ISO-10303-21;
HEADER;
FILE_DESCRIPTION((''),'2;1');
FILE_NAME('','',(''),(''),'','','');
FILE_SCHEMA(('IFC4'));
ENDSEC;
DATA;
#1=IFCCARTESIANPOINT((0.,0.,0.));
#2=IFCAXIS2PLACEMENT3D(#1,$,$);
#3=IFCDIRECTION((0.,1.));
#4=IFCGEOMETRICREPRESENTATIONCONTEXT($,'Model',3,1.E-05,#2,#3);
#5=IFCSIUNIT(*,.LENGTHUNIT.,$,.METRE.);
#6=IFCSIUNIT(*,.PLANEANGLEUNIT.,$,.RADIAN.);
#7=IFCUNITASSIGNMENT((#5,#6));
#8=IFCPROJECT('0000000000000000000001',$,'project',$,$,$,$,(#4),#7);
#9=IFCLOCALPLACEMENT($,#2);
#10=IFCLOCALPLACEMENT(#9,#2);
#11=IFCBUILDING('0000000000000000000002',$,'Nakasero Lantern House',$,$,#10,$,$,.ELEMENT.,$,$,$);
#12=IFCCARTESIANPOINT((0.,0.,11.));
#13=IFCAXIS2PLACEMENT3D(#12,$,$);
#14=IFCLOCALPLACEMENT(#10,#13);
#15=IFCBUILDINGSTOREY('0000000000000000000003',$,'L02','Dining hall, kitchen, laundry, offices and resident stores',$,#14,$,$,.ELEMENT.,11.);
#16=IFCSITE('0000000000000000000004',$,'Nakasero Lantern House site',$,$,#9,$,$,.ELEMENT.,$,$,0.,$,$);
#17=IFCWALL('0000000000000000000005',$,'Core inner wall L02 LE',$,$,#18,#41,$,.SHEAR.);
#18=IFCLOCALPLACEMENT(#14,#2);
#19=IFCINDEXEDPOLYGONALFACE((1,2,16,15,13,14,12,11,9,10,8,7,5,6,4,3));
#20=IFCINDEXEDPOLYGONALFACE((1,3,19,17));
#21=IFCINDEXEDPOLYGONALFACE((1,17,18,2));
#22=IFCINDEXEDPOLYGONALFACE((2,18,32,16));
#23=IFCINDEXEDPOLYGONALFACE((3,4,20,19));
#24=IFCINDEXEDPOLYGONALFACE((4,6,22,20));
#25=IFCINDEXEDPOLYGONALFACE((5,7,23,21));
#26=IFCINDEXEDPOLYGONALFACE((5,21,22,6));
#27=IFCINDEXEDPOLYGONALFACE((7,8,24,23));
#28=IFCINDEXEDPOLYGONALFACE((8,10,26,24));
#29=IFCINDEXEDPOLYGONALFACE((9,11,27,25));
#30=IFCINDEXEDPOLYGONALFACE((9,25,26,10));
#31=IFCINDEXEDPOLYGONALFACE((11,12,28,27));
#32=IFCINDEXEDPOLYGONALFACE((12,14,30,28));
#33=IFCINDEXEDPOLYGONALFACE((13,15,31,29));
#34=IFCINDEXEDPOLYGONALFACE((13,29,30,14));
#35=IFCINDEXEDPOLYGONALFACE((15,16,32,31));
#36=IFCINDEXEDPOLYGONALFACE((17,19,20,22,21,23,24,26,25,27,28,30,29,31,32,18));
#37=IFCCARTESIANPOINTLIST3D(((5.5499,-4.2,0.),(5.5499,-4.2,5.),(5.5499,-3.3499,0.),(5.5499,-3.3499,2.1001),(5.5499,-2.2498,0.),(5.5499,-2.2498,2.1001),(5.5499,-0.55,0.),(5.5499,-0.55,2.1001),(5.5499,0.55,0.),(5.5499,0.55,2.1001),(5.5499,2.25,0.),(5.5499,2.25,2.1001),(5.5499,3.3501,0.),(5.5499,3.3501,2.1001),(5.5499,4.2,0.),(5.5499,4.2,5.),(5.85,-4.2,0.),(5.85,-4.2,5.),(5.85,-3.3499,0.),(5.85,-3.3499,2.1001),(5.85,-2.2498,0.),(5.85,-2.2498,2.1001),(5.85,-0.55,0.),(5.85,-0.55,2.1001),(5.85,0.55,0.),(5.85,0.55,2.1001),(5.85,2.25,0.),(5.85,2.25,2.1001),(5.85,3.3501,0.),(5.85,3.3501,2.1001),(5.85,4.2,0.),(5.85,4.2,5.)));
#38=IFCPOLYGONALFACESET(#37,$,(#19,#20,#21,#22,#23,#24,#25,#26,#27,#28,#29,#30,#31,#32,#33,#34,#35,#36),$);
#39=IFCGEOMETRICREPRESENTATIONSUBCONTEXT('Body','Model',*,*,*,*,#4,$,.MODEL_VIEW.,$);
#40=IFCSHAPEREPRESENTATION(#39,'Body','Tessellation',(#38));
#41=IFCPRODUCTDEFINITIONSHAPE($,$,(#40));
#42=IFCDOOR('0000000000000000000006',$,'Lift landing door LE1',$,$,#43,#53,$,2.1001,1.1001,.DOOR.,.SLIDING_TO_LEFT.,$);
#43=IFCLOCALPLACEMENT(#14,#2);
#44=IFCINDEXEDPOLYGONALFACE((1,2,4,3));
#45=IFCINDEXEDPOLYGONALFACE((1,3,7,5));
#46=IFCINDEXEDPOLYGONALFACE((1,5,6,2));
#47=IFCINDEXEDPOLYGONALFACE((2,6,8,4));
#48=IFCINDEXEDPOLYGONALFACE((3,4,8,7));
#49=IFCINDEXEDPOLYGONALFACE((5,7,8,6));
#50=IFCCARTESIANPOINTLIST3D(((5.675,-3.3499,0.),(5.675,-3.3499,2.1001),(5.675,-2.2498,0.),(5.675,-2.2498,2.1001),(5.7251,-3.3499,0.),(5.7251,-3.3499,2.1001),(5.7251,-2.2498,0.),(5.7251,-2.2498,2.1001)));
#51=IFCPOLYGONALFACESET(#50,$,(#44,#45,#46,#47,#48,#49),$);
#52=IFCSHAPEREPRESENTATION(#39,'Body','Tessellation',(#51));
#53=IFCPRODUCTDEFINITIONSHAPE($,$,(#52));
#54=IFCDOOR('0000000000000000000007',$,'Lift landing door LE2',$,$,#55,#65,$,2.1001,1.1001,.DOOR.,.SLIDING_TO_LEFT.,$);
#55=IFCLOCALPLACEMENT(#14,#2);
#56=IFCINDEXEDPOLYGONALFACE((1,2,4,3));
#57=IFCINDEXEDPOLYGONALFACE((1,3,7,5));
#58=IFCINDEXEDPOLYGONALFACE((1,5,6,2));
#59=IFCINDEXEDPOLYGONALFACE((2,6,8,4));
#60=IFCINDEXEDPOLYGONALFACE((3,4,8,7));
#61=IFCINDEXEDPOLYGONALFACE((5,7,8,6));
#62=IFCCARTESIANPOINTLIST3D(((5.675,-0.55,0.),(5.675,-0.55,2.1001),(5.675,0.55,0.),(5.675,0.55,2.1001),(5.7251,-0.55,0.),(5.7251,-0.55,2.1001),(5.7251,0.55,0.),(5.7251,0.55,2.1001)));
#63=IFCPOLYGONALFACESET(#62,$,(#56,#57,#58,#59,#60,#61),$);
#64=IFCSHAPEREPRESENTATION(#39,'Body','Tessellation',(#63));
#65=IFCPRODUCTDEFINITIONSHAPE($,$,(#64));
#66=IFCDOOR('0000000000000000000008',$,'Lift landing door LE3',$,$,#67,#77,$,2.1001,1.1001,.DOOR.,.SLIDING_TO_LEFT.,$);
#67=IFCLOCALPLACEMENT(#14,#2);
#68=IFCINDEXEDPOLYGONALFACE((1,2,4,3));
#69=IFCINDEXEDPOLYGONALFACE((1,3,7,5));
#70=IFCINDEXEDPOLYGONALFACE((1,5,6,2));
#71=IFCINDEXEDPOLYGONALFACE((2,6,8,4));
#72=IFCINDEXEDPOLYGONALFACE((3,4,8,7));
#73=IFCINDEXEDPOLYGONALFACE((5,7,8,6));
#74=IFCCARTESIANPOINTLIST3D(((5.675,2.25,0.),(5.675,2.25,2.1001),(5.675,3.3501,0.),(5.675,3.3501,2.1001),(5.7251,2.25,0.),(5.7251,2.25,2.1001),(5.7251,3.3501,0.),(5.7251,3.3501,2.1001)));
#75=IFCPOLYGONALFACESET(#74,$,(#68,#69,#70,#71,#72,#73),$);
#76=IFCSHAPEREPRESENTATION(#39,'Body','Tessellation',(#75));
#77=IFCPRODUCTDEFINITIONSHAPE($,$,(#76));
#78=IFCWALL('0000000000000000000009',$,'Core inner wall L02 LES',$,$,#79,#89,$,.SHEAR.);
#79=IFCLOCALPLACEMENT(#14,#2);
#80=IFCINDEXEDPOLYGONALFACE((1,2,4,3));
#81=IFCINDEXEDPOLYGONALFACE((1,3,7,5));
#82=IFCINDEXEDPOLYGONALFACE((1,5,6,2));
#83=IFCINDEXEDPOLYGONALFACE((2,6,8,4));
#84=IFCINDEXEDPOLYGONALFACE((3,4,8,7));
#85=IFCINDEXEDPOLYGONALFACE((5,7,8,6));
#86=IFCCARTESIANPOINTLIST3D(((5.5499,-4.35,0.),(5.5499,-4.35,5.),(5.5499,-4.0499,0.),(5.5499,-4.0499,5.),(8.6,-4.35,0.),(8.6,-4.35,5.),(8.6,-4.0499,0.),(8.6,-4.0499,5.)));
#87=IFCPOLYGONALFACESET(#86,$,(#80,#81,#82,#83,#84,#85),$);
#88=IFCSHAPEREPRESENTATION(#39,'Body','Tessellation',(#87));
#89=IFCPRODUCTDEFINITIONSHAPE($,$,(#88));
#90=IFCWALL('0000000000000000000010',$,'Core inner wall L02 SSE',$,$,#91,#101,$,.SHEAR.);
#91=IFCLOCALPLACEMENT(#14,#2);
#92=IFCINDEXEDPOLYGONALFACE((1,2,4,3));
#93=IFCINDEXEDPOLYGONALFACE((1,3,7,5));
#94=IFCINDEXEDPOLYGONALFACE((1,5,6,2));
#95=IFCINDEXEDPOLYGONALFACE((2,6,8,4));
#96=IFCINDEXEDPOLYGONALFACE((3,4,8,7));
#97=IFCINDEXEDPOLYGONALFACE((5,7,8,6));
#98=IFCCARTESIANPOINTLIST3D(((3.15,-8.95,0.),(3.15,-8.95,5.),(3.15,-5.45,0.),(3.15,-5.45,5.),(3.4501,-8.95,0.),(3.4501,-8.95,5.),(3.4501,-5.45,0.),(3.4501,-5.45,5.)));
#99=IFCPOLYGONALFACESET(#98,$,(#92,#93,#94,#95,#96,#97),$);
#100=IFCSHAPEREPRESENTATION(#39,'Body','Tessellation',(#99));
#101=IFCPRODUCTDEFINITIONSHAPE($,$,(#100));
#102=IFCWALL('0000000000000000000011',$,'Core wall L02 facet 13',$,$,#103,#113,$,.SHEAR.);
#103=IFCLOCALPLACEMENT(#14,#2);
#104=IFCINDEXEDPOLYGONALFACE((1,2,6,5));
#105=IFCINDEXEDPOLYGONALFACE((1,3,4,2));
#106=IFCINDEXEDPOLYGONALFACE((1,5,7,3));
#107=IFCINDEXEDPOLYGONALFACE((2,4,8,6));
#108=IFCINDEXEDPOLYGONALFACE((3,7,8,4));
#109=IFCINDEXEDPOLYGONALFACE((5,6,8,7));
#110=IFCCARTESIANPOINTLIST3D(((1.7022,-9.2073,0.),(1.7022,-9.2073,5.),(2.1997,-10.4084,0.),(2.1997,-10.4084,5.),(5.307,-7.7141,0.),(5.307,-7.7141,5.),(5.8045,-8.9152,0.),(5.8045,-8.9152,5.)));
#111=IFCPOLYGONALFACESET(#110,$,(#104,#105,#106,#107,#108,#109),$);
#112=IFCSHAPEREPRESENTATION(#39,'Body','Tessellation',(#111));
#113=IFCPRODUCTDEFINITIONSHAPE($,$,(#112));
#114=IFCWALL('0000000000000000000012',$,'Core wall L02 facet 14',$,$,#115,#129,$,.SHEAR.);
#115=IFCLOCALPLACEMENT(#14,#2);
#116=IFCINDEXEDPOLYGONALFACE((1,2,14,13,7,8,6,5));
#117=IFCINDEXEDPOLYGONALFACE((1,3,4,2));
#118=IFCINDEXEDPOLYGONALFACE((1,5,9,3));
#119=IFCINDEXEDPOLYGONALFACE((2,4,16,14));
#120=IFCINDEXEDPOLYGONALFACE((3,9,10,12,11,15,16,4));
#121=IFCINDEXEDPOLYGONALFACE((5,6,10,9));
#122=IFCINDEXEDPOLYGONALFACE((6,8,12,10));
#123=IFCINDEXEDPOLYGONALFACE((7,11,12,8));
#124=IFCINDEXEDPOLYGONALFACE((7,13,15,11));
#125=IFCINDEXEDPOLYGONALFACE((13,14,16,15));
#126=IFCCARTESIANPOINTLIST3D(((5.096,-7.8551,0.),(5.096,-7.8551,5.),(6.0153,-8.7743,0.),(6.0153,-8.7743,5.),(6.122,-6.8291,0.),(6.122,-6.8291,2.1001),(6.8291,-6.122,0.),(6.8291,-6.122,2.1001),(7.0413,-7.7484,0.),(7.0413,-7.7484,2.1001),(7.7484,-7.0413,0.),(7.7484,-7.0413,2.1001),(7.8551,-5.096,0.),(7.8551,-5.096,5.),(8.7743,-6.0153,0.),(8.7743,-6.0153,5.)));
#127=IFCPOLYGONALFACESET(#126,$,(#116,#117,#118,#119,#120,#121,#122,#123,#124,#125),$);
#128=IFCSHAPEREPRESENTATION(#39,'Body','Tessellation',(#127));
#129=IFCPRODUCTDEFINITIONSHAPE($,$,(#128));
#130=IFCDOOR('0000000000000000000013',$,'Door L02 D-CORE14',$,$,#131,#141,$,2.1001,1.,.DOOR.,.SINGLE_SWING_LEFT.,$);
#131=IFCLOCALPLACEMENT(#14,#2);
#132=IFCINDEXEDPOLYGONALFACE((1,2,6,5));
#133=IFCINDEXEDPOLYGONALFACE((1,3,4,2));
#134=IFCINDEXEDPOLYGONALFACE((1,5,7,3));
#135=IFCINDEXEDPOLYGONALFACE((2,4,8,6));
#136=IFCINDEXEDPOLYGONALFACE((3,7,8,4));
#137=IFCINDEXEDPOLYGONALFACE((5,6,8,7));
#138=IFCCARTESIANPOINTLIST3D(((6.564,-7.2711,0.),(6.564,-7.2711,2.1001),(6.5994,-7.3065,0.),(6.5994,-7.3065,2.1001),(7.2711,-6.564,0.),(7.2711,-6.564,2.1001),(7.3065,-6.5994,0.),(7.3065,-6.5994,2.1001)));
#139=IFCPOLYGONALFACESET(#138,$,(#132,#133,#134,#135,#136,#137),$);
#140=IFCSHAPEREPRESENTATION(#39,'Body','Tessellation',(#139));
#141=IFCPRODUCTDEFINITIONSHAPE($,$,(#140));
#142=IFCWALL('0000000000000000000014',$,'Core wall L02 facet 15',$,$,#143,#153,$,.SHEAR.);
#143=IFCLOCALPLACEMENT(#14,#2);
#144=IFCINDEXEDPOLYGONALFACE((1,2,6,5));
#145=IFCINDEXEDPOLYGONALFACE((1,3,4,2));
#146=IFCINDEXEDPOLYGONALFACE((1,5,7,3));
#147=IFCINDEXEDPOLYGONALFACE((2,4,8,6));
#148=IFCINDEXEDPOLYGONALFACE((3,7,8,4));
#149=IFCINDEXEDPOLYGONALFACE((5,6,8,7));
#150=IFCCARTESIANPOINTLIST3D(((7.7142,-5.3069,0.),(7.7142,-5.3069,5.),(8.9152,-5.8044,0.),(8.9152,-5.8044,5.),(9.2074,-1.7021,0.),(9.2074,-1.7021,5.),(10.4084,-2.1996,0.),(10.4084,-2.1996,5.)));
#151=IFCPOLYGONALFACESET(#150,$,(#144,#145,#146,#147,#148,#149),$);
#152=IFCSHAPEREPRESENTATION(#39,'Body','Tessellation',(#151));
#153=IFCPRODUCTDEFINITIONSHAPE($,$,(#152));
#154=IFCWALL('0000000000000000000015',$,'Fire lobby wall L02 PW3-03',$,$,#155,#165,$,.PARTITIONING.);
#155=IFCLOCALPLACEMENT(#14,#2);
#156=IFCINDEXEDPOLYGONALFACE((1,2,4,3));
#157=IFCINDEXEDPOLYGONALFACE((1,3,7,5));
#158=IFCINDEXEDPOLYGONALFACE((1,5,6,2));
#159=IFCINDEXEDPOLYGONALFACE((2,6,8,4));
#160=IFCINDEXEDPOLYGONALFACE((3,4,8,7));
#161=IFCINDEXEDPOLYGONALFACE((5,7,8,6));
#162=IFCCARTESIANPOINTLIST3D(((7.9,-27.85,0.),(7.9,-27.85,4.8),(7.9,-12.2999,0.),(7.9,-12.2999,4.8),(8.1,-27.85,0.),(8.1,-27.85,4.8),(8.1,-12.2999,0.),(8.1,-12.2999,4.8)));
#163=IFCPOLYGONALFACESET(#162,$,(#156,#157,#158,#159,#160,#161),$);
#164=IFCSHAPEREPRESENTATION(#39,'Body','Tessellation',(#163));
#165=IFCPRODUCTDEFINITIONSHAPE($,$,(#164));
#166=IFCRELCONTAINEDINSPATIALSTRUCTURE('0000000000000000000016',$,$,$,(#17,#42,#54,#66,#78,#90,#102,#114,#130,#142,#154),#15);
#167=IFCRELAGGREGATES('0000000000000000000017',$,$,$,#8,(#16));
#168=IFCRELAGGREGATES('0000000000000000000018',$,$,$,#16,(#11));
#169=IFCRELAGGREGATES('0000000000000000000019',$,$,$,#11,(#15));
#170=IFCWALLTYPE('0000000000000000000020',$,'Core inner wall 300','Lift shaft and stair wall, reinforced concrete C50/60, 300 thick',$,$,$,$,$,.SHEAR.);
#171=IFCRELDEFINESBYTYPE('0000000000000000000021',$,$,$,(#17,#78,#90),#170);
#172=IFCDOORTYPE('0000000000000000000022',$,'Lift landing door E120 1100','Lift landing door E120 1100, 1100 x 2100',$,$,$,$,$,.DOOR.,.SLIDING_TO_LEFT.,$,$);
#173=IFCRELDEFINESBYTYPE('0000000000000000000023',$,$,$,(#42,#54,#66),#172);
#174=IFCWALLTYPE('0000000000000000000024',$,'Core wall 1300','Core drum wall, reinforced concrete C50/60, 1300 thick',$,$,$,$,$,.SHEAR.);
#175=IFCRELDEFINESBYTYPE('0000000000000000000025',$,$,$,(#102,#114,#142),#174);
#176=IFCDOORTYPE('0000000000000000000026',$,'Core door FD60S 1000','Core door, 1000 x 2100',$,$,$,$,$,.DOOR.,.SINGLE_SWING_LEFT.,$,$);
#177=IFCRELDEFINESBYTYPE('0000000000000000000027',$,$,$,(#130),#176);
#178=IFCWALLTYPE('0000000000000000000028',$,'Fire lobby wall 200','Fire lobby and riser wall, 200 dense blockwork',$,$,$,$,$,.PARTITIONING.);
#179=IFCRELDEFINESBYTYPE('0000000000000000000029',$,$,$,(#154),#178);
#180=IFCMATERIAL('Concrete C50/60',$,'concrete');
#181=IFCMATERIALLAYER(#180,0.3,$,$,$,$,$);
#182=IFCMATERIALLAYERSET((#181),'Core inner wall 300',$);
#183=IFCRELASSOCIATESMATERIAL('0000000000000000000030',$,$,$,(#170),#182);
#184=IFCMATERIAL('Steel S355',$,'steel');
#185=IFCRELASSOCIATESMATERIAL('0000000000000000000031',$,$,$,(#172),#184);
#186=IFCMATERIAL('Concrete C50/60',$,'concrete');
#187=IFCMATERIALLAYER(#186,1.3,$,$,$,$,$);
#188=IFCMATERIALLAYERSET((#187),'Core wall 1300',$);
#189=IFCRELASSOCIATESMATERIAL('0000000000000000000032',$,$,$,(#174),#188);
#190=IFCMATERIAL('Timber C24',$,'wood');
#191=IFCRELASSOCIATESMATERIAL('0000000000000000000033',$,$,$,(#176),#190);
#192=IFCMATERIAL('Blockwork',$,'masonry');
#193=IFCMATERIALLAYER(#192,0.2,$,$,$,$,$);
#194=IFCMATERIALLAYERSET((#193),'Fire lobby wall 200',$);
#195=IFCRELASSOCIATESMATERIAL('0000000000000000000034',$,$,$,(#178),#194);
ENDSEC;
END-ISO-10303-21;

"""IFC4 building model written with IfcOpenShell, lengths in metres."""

from ifc_helpers import new_model, si_unit, direction, frame, frame_2d, origin, place, context, subcontext, project, spatial, rectangle, extrude, material, layer, layer_set, type_object, element, fill, save


model = new_model("IFC4")

# Units and contexts
model_context = context("Model", 3, precision=1e-05, world=origin(), true_north=direction((0.0, 1.0)))
body_context = subcontext(model_context, "Body", "Model", "MODEL_VIEW")
ifc_project = project(units=[si_unit("LENGTHUNIT", "METRE"), si_unit("PLANEANGLEUNIT", "RADIAN")], contexts=[model_context])

# Site, building, storey
site_placement = place(None, origin())
site = spatial("IfcSite", under=ifc_project, at=site_placement, Name="Nakasero Lantern House site", CompositionType="ELEMENT", RefElevation=0.0)
building_placement = place(site_placement, origin())
building = spatial("IfcBuilding", under=site, at=building_placement, Name="Nakasero Lantern House", CompositionType="ELEMENT")
storey_placement = place(building_placement, frame((0.0, 0.0, 11.0)))
storey = spatial("IfcBuildingStorey", under=building, at=storey_placement, Name="L02", Description="Dining hall, kitchen, laundry, offices and resident stores", CompositionType="ELEMENT", Elevation=11.0)

# Wall, openings, doors
ifc_material_1 = material(Name="Concrete C50/60", Category="concrete")
ifc_layer_1 = layer(ifc_material_1, 0.3)
ifc_layer_set_1 = layer_set([ifc_layer_1], Name="Core inner wall 300")
wall_type_1 = type_object("IfcWallType", Name="Core inner wall 300", Description="Lift shaft and stair wall, reinforced concrete C50/60, 300 thick", PredefinedType="SHEAR", material=ifc_layer_set_1)
wall_1_placement = place(storey_placement, frame((5.7, -4.2, 0.0), z_axis=(0.0, 0.0, 1.0), x_axis=(0.0, 1.0, 0.0)))
wall_1 = element("IfcWall", 1, at=wall_1_placement, inside=storey, type_object=wall_type_1, Name="Core inner wall L02 LE", PredefinedType="SHEAR", context=body_context, shape_type="SweptSolid", body=[
    extrude(rectangle(XDim=8.3999, YDim=0.3, at=frame_2d((4.2, 0.0))), origin(), (0.0, 0.0, 1.0), 5.0),
])
opening_1_placement = place(wall_1_placement, frame((0.8501, 0.0, 0.0)))
opening_1 = element("IfcOpeningElement", 2, at=opening_1_placement, cuts=wall_1, PredefinedType="OPENING", context=body_context, shape_type="SweptSolid", body=[
    extrude(rectangle(XDim=1.1001, YDim=2.1001, at=frame_2d((0.55, 1.05))), frame((0.0, 0.1699, 0.0), z_axis=(0.0, -1.0, 0.0), x_axis=(1.0, 0.0, 0.0)), (0.0, 0.0, 1.0), 0.3401),
])
opening_2_placement = place(wall_1_placement, frame((3.6499, 0.0, 0.0)))
opening_2 = element("IfcOpeningElement", 3, at=opening_2_placement, cuts=wall_1, PredefinedType="OPENING", context=body_context, shape_type="SweptSolid", body=[
    extrude(rectangle(XDim=1.1001, YDim=2.1001, at=frame_2d((0.55, 1.05))), frame((0.0, 0.1699, 0.0), z_axis=(0.0, -1.0, 0.0), x_axis=(1.0, 0.0, 0.0)), (0.0, 0.0, 1.0), 0.3401),
])
opening_3_placement = place(wall_1_placement, frame((6.45, 0.0, 0.0)))
opening_3 = element("IfcOpeningElement", 4, at=opening_3_placement, cuts=wall_1, PredefinedType="OPENING", context=body_context, shape_type="SweptSolid", body=[
    extrude(rectangle(XDim=1.1001, YDim=2.1001, at=frame_2d((0.55, 1.05))), frame((0.0, 0.1699, 0.0), z_axis=(0.0, -1.0, 0.0), x_axis=(1.0, 0.0, 0.0)), (0.0, 0.0, 1.0), 0.3401),
])
ifc_material_2 = material(Name="Steel S355", Category="steel")
door_type_1 = type_object("IfcDoorType", Name="Lift landing door E120 1100", Description="Lift landing door E120 1100, 1100 x 2100", OperationType="SLIDING_TO_LEFT", PredefinedType="DOOR", material=ifc_material_2)
door_1_placement = place(opening_1_placement, origin())
door_1 = element("IfcDoor", 5, at=door_1_placement, inside=storey, type_object=door_type_1, Name="Lift landing door LE1", OperationType="SLIDING_TO_LEFT", OverallHeight=2.1001, OverallWidth=1.1001, PredefinedType="DOOR", context=body_context, shape_type="SweptSolid", body=[
    extrude(rectangle(XDim=1.1001, YDim=2.1001, at=frame_2d((0.55, 1.05))), frame((0.0, 0.0249, 0.0), z_axis=(0.0, -1.0, 0.0), x_axis=(1.0, 0.0, 0.0)), (0.0, 0.0, 1.0), 0.05),
])
fill(opening_1, door_1)
door_2_placement = place(opening_2_placement, origin())
door_2 = element("IfcDoor", 6, at=door_2_placement, inside=storey, type_object=door_type_1, Name="Lift landing door LE2", OperationType="SLIDING_TO_LEFT", OverallHeight=2.1001, OverallWidth=1.1001, PredefinedType="DOOR", context=body_context, shape_type="SweptSolid", body=[
    extrude(rectangle(XDim=1.1001, YDim=2.1001, at=frame_2d((0.55, 1.05))), frame((0.0, 0.0249, 0.0), z_axis=(0.0, -1.0, 0.0), x_axis=(1.0, 0.0, 0.0)), (0.0, 0.0, 1.0), 0.05),
])
fill(opening_2, door_2)
door_3_placement = place(opening_3_placement, origin())
door_3 = element("IfcDoor", 7, at=door_3_placement, inside=storey, type_object=door_type_1, Name="Lift landing door LE3", OperationType="SLIDING_TO_LEFT", OverallHeight=2.1001, OverallWidth=1.1001, PredefinedType="DOOR", context=body_context, shape_type="SweptSolid", body=[
    extrude(rectangle(XDim=1.1001, YDim=2.1001, at=frame_2d((0.55, 1.05))), frame((0.0, 0.0249, 0.0), z_axis=(0.0, -1.0, 0.0), x_axis=(1.0, 0.0, 0.0)), (0.0, 0.0, 1.0), 0.05),
])
fill(opening_3, door_3)

# Walls
wall_2_placement = place(storey_placement, frame((5.55, -4.2, 0.0), z_axis=(0.0, 0.0, 1.0), x_axis=(1.0, 0.0, 0.0)))
element("IfcWall", 8, at=wall_2_placement, inside=storey, type_object=wall_type_1, Name="Core inner wall L02 LES", PredefinedType="SHEAR", context=body_context, shape_type="SweptSolid", body=[
    extrude(rectangle(XDim=3.05, YDim=0.3, at=frame_2d((1.5249, 0.0))), origin(), (0.0, 0.0, 1.0), 5.0),
])
wall_3_placement = place(storey_placement, frame((3.3, -5.45, 0.0), z_axis=(0.0, 0.0, 1.0), x_axis=(0.0, -1.0, 0.0)))
element("IfcWall", 9, at=wall_3_placement, inside=storey, type_object=wall_type_1, Name="Core inner wall L02 SSE", PredefinedType="SHEAR", context=body_context, shape_type="SweptSolid", body=[
    extrude(rectangle(XDim=3.5, YDim=0.3, at=frame_2d((1.75, 0.0))), origin(), (0.0, 0.0, 1.0), 5.0),
])
ifc_material_3 = material(Name="Concrete C50/60", Category="concrete")
ifc_layer_2 = layer(ifc_material_3, 1.3)
ifc_layer_set_2 = layer_set([ifc_layer_2], Name="Core wall 1300")
wall_type_2 = type_object("IfcWallType", Name="Core wall 1300", Description="Core drum wall, reinforced concrete C50/60, 1300 thick", PredefinedType="SHEAR", material=ifc_layer_set_2)
wall_4_placement = place(storey_placement, frame((1.9509, -9.8079, 0.0), z_axis=(0.0, 0.0, 1.0), x_axis=(0.923877, 0.382691, 0.0)))
element("IfcWall", 10, at=wall_4_placement, inside=storey, type_object=wall_type_2, Name="Core wall L02 facet 13", PredefinedType="SHEAR", context=body_context, shape_type="SweptSolid", body=[
    extrude(rectangle(XDim=3.9019, YDim=1.3, at=frame_2d((1.9509, 0.0))), origin(), (0.0, 0.0, 1.0), 5.0),
])

# Wall, opening, door
wall_5_placement = place(storey_placement, frame((5.5557, -8.3147, 0.0), z_axis=(0.0, 0.0, 1.0), x_axis=(0.707107, 0.707107, 0.0)))
wall_5 = element("IfcWall", 11, at=wall_5_placement, inside=storey, type_object=wall_type_2, Name="Core wall L02 facet 14", PredefinedType="SHEAR", context=body_context, shape_type="SweptSolid", body=[
    extrude(rectangle(XDim=3.9019, YDim=1.3, at=frame_2d((1.9509, 0.0))), origin(), (0.0, 0.0, 1.0), 5.0),
])
opening_4_placement = place(wall_5_placement, frame((1.4509, 0.0, 0.0)))
opening_4 = element("IfcOpeningElement", 12, at=opening_4_placement, cuts=wall_5, PredefinedType="OPENING", context=body_context, shape_type="SweptSolid", body=[
    extrude(rectangle(XDim=1.0, YDim=2.1001, at=frame_2d((0.5, 1.05))), frame((0.0, 0.6699, 0.0), z_axis=(0.0, -1.0, 0.0), x_axis=(1.0, 0.0, 0.0)), (0.0, 0.0, 1.0), 1.3401),
])
ifc_material_4 = material(Name="Timber C24", Category="wood")
door_type_2 = type_object("IfcDoorType", Name="Core door FD60S 1000", Description="Core door, 1000 x 2100", OperationType="SINGLE_SWING_LEFT", PredefinedType="DOOR", material=ifc_material_4)
door_4_placement = place(opening_4_placement, origin())
door_4 = element("IfcDoor", 13, at=door_4_placement, inside=storey, type_object=door_type_2, Name="Door L02 D-CORE14", OperationType="SINGLE_SWING_LEFT", OverallHeight=2.1001, OverallWidth=1.0, PredefinedType="DOOR", context=body_context, shape_type="SweptSolid", body=[
    extrude(rectangle(XDim=1.0, YDim=2.1001, at=frame_2d((0.5, 1.05))), frame((0.0, 0.0249, 0.0), z_axis=(0.0, -1.0, 0.0), x_axis=(1.0, 0.0, 0.0)), (0.0, 0.0, 1.0), 0.05),
])
fill(opening_4, door_4)

# Walls
wall_6_placement = place(storey_placement, frame((8.3147, -5.5557, 0.0), z_axis=(0.0, 0.0, 1.0), x_axis=(0.382691, 0.923877, 0.0)))
element("IfcWall", 14, at=wall_6_placement, inside=storey, type_object=wall_type_2, Name="Core wall L02 facet 15", PredefinedType="SHEAR", context=body_context, shape_type="SweptSolid", body=[
    extrude(rectangle(XDim=3.9019, YDim=1.3, at=frame_2d((1.9509, 0.0))), origin(), (0.0, 0.0, 1.0), 5.0),
])
ifc_material_5 = material(Name="Blockwork", Category="masonry")
ifc_layer_3 = layer(ifc_material_5, 0.2)
ifc_layer_set_3 = layer_set([ifc_layer_3], Name="Fire lobby wall 200")
wall_type_3 = type_object("IfcWallType", Name="Fire lobby wall 200", Description="Fire lobby and riser wall, 200 dense blockwork", PredefinedType="PARTITIONING", material=ifc_layer_set_3)
wall_7_placement = place(storey_placement, frame((8.0, -12.3, 0.0), z_axis=(0.0, 0.0, 1.0), x_axis=(0.0, -1.0, 0.0)))
element("IfcWall", 15, at=wall_7_placement, inside=storey, type_object=wall_type_3, Name="Fire lobby wall L02 PW3-03", PredefinedType="PARTITIONING", context=body_context, shape_type="SweptSolid", body=[
    extrude(rectangle(XDim=15.55, YDim=0.2, at=frame_2d((7.7749, 0.0))), origin(), (0.0, 0.0, 1.0), 4.8),
])

save(model, "model.ifc")
